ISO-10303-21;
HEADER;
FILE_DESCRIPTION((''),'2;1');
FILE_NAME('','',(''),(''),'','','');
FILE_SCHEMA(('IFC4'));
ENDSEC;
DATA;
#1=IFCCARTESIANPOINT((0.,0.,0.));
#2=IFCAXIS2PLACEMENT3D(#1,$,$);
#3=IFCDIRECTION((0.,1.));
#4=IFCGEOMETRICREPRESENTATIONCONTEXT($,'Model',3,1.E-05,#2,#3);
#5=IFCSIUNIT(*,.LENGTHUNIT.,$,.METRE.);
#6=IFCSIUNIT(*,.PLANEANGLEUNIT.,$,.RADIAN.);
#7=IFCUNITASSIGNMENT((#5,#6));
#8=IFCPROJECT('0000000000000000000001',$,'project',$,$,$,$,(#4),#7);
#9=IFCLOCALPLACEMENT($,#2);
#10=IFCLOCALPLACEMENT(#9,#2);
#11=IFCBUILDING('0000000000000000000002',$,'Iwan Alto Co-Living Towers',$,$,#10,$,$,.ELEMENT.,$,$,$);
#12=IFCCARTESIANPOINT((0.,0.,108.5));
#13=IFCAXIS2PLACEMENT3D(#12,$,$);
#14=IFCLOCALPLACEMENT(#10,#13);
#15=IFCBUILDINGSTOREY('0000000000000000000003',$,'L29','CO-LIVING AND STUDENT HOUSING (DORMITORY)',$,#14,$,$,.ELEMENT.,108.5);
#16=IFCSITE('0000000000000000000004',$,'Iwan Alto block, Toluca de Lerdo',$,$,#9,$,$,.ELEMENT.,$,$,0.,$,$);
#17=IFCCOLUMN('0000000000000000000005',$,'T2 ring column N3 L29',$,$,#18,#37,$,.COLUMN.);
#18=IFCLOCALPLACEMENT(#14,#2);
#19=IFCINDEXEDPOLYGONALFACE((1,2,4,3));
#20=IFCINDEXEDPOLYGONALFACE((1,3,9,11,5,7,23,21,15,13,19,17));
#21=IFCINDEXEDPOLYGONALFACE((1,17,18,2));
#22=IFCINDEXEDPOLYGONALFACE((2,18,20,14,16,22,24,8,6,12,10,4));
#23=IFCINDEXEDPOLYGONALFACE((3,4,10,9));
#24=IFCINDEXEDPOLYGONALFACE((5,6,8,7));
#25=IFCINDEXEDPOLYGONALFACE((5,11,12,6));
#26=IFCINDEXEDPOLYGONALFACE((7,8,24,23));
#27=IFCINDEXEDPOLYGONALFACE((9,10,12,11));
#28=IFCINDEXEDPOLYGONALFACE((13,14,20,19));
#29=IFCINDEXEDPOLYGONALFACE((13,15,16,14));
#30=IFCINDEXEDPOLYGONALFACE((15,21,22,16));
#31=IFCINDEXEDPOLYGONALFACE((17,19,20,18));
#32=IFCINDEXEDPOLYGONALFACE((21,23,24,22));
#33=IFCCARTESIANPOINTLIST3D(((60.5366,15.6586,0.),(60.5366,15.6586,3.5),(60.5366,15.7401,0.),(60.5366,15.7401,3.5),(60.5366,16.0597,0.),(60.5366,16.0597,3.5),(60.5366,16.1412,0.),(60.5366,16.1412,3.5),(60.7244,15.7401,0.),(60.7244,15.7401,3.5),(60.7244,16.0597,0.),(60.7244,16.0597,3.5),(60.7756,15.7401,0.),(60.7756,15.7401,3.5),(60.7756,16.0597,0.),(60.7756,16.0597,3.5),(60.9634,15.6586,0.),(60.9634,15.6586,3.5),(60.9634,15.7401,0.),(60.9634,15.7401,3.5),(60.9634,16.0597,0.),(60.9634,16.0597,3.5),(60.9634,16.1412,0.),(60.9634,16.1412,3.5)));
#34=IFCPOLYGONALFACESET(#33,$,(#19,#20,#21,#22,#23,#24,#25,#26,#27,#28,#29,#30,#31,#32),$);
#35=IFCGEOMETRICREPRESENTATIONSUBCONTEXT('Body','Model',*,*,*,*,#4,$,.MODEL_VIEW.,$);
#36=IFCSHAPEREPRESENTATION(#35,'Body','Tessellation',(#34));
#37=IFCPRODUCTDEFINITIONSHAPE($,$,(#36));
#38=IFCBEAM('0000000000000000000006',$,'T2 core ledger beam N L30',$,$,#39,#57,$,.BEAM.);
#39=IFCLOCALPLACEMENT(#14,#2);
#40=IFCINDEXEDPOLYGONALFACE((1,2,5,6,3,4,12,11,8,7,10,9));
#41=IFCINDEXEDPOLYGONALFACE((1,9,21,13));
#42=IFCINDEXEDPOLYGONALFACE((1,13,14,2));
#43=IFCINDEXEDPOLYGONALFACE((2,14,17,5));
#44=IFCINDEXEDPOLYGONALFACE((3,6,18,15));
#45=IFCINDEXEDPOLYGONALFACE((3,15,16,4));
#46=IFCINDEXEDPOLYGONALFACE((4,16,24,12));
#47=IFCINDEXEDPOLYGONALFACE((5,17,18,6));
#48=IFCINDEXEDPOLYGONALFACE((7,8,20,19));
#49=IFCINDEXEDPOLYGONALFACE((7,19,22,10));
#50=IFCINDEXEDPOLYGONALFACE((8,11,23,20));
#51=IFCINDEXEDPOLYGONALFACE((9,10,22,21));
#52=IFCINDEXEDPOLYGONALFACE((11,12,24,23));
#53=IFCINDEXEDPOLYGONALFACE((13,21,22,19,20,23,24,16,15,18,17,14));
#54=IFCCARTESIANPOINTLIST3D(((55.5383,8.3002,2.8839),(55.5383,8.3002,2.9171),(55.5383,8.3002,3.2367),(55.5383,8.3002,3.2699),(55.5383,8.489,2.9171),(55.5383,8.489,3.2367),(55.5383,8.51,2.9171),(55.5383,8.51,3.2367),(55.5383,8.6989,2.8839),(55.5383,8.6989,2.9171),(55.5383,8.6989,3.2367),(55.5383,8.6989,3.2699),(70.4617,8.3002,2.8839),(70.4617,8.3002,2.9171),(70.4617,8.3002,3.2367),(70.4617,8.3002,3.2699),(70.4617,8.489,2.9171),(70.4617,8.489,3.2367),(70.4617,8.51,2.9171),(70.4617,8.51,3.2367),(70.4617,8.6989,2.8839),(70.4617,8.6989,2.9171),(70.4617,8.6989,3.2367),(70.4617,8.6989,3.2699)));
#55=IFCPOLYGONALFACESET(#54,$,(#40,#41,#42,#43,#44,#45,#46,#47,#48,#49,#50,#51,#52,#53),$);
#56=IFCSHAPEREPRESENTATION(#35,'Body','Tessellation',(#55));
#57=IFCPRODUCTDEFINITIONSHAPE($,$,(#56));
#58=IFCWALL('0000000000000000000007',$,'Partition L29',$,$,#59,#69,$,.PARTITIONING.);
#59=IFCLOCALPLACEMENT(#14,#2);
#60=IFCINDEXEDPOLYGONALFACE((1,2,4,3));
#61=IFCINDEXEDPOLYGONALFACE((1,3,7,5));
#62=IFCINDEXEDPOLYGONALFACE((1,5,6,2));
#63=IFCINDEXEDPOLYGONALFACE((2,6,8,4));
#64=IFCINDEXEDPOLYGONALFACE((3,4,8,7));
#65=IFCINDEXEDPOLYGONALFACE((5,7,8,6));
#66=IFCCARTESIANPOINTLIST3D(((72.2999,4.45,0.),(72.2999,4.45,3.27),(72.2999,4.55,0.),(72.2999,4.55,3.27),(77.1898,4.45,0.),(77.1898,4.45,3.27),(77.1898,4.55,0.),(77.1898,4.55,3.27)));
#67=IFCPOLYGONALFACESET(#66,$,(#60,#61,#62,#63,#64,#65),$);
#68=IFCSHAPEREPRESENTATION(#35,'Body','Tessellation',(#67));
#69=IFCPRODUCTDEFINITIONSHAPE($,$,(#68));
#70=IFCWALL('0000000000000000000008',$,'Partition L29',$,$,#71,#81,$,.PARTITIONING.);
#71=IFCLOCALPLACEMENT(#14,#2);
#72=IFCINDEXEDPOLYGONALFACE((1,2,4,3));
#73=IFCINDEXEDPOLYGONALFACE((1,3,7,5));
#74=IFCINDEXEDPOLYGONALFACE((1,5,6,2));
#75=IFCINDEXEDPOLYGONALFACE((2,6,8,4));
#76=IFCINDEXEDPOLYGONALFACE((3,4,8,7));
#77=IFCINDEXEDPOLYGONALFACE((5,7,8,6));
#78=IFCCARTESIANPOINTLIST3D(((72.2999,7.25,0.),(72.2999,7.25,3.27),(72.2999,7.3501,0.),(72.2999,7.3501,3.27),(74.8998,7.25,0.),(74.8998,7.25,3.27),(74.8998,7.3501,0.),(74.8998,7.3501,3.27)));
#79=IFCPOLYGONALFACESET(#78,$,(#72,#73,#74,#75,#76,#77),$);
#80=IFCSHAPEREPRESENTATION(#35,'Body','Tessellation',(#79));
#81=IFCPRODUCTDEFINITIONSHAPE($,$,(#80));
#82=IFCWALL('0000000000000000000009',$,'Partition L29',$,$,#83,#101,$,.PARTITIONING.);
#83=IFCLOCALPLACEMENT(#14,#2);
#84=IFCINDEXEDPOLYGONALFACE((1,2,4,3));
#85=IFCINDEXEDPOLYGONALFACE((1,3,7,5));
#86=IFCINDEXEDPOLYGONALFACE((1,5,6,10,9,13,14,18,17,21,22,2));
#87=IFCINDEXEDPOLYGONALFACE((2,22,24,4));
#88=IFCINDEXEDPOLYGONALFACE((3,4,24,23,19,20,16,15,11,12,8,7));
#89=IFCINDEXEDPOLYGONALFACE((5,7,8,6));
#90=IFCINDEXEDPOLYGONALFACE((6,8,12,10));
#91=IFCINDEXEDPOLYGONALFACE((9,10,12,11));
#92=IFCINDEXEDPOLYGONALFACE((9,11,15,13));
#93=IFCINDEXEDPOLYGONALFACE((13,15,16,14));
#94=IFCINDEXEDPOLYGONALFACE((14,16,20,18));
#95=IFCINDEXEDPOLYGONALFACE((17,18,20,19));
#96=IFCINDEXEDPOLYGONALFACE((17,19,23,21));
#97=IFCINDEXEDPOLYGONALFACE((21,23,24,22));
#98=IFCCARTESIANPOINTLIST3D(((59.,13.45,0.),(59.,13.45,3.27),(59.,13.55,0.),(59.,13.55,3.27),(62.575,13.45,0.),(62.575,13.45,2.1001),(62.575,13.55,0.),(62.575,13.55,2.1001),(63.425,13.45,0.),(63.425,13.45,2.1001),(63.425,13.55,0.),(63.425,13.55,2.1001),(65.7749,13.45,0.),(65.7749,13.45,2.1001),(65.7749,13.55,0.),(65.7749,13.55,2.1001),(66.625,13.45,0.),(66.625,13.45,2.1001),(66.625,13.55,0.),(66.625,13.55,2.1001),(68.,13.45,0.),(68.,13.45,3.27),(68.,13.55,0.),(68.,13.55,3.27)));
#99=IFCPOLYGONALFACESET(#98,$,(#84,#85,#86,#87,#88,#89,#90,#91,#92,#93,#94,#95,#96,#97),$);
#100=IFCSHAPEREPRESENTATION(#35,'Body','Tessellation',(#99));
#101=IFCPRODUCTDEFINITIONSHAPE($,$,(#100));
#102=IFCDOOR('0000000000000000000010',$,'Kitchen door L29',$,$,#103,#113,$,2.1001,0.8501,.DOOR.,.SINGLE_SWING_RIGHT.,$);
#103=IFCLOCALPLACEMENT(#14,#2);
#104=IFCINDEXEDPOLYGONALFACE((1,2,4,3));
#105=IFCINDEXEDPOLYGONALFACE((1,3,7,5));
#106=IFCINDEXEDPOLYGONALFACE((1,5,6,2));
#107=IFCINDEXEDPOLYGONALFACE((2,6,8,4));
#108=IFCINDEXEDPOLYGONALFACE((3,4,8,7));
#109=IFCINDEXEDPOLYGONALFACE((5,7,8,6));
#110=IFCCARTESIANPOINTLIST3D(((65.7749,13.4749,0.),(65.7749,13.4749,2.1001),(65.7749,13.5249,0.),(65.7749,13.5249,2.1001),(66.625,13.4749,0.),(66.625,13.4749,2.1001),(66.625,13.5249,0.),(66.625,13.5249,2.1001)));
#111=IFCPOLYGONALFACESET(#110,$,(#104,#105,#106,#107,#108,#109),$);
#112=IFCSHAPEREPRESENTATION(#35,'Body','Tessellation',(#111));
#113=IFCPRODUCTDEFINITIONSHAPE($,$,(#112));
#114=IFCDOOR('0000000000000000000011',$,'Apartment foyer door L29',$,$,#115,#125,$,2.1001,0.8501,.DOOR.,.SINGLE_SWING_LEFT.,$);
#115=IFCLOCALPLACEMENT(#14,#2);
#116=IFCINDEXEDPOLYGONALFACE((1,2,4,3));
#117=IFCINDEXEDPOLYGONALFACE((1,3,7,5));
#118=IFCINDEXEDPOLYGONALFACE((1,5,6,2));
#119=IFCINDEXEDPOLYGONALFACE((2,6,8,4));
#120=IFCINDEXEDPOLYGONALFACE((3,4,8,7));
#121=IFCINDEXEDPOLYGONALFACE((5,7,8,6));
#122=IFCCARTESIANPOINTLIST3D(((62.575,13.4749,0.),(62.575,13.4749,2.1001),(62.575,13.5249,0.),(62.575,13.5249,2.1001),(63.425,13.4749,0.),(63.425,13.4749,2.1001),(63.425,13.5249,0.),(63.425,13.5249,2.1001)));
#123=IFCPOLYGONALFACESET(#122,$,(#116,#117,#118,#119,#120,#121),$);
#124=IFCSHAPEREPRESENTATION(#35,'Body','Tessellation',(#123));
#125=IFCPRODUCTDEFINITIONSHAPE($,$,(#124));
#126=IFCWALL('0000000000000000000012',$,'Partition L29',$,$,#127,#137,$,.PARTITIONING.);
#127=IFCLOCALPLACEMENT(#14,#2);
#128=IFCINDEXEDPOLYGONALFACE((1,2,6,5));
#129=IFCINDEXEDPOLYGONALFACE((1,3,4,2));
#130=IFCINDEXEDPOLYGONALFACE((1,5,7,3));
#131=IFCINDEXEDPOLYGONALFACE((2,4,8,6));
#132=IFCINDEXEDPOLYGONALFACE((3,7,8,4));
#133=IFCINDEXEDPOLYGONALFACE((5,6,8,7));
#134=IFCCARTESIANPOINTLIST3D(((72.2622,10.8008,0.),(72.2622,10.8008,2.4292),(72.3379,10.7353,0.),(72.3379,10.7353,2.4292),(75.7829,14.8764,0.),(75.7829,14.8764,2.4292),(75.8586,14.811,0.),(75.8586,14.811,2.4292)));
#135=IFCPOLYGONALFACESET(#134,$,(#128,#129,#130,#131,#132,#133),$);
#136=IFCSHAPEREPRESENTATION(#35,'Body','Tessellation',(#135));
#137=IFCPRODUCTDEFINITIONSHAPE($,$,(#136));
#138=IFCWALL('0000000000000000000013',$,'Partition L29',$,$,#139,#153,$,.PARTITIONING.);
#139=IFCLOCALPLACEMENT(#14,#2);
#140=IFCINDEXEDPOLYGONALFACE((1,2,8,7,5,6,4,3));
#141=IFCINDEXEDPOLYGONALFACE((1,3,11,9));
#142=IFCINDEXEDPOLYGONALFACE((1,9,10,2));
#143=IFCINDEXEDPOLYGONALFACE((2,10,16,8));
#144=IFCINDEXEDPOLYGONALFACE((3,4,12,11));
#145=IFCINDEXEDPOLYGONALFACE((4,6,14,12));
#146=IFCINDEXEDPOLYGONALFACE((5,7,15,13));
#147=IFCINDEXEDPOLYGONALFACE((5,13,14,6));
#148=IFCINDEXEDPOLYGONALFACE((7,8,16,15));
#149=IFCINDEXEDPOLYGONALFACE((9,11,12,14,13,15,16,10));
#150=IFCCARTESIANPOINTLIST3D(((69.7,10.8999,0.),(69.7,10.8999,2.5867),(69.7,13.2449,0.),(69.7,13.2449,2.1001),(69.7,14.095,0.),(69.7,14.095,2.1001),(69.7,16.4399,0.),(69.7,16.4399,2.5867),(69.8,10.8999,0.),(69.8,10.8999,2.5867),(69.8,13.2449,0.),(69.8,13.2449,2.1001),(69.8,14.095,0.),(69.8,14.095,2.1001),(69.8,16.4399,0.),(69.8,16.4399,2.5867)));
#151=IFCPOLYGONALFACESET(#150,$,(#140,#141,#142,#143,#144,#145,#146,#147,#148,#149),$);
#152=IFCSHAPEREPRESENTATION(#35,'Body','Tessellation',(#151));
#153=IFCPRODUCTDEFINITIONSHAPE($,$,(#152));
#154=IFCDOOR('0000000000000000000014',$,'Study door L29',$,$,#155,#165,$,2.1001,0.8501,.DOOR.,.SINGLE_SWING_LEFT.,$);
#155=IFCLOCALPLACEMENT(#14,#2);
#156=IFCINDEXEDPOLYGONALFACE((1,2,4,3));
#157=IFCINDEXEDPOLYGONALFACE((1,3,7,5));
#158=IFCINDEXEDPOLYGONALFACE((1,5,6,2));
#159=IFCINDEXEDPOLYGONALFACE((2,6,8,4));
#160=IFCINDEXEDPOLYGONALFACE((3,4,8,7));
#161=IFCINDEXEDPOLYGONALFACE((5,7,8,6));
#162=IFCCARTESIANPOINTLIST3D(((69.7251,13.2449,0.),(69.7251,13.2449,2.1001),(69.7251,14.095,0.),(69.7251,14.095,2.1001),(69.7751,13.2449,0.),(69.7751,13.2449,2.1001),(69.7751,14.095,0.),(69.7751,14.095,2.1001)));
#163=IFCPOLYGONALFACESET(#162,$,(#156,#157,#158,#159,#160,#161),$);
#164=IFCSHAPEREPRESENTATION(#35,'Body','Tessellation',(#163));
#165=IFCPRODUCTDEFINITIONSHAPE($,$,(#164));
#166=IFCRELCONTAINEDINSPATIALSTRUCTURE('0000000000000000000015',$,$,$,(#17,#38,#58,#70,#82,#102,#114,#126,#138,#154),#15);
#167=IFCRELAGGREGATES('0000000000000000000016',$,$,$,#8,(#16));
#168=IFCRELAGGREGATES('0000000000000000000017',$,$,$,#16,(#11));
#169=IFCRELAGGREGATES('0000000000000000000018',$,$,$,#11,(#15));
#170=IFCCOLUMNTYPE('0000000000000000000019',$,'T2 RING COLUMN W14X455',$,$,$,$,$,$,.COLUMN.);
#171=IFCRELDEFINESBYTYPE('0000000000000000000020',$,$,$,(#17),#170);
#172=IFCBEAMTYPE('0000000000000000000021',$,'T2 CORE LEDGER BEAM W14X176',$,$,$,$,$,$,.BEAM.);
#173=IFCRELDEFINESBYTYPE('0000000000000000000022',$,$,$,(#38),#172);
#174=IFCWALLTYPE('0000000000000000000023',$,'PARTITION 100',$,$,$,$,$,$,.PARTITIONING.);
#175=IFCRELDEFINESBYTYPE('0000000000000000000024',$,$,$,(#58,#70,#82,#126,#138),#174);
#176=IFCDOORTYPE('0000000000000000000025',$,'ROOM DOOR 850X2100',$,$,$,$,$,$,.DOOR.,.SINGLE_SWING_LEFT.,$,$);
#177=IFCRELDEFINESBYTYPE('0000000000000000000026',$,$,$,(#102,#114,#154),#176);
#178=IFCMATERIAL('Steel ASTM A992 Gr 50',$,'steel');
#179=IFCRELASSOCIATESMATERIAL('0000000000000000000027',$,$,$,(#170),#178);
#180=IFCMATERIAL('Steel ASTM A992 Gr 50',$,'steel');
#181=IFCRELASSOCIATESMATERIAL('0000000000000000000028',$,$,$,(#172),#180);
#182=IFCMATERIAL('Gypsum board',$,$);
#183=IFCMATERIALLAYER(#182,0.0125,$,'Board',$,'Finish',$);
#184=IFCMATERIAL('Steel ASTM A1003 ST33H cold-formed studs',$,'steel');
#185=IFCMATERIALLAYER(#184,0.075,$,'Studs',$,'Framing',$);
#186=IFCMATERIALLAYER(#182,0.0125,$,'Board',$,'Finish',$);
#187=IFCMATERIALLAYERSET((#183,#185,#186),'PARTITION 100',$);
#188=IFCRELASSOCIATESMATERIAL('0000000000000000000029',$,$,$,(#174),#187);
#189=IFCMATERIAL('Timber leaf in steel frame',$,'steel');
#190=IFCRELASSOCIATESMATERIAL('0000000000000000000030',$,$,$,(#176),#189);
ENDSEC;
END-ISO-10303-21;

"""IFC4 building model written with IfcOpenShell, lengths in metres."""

from ifc_helpers import new_model, si_unit, direction, frame, frame_2d, origin, origin_2d, place, context, subcontext, project, spatial, rectangle, i_section, extrude, material, layer, layer_set, material_profile, profile_set, type_object, element, fill, save


model = new_model("IFC4")

# Units and contexts
model_context = context("Model", 3, precision=1e-05, world=origin(), true_north=direction((0.0, 1.0)))
body_context = subcontext(model_context, "Body", "Model", "MODEL_VIEW")
ifc_project = project(units=[si_unit("LENGTHUNIT", "METRE"), si_unit("PLANEANGLEUNIT", "RADIAN")], contexts=[model_context])

# Site, building, storey
site_placement = place(None, origin())
site = spatial("IfcSite", under=ifc_project, at=site_placement, Name="Iwan Alto block, Toluca de Lerdo", CompositionType="ELEMENT", RefElevation=0.0)
building_placement = place(site_placement, origin())
building = spatial("IfcBuilding", under=site, at=building_placement, Name="Iwan Alto Co-Living Towers", CompositionType="ELEMENT")
storey_placement = place(building_placement, frame((0.0, 0.0, 108.5)))
storey = spatial("IfcBuildingStorey", under=building, at=storey_placement, Name="L29", Description="CO-LIVING AND STUDENT HOUSING (DORMITORY)", CompositionType="ELEMENT", Elevation=108.5)

# Column
ifc_material_1 = material(Name="Steel ASTM A992 Gr 50", Category="steel")
ifc_material_profile_1 = material_profile(ifc_material_1, i_section(OverallWidth=0.4268, OverallDepth=0.4827, WebThickness=0.0513, FlangeThickness=0.0815, at=origin_2d()), Name="W14X455")
ifc_profile_set_1 = profile_set([ifc_material_profile_1], Name="Steel ASTM A992 Gr 50")
column_type = type_object("IfcColumnType", Name="T2 RING COLUMN W14X455", PredefinedType="COLUMN", material=ifc_profile_set_1)
column_placement = place(storey_placement, frame((60.75, 15.8999, 0.0), z_axis=(0.0, 0.0, 1.0), x_axis=(1.0, 0.0, 0.0)))
element("IfcColumn", 1, at=column_placement, inside=storey, type_object=column_type, Name="T2 ring column N3 L29", PredefinedType="COLUMN", context=body_context, shape_type="SweptSolid", body=[
    extrude(i_section(OverallWidth=0.4268, OverallDepth=0.4827, WebThickness=0.0513, FlangeThickness=0.0815, at=origin_2d()), origin(), (0.0, 0.0, 1.0), 3.5),
])

# Beam
ifc_material_2 = material(Name="Steel ASTM A992 Gr 50", Category="steel")
ifc_material_profile_2 = material_profile(ifc_material_2, i_section(OverallWidth=0.3987, OverallDepth=0.386, WebThickness=0.021, FlangeThickness=0.0332, at=origin_2d()), Name="W14X176")
ifc_profile_set_2 = profile_set([ifc_material_profile_2], Name="Steel ASTM A992 Gr 50")
beam_type = type_object("IfcBeamType", Name="T2 CORE LEDGER BEAM W14X176", PredefinedType="BEAM", material=ifc_profile_set_2)
beam_placement = place(storey_placement, frame((70.4617, 8.4995, 3.0769), z_axis=(-1.0, 0.0, 0.0), x_axis=(0.0, -1.0, 0.0)))
element("IfcBeam", 2, at=beam_placement, inside=storey, type_object=beam_type, Name="T2 core ledger beam N L30", PredefinedType="BEAM", context=body_context, shape_type="SweptSolid", body=[
    extrude(i_section(OverallWidth=0.3987, OverallDepth=0.386, WebThickness=0.021, FlangeThickness=0.0332, at=origin_2d()), origin(), (0.0, 0.0, 1.0), 14.9233),
])

# Walls
ifc_material_3 = material(Name="Gypsum board")
ifc_layer_1 = layer(ifc_material_3, 0.0125, Name="Board", Category="Finish")
ifc_material_4 = material(Name="Steel ASTM A1003 ST33H cold-formed studs", Category="steel")
ifc_layer_2 = layer(ifc_material_4, 0.075, Name="Studs", Category="Framing")
ifc_layer_3 = layer(ifc_material_3, 0.0125, Name="Board", Category="Finish")
ifc_layer_set_1 = layer_set([ifc_layer_1, ifc_layer_2, ifc_layer_3], Name="PARTITION 100")
wall_type_1 = type_object("IfcWallType", Name="PARTITION 100", PredefinedType="PARTITIONING", material=ifc_layer_set_1)
wall_1_placement = place(storey_placement, frame((72.3, 4.5, 0.0), z_axis=(0.0, 0.0, 1.0), x_axis=(1.0, 0.0, 0.0)))
element("IfcWall", 3, at=wall_1_placement, inside=storey, type_object=wall_type_1, Name="Partition L29", PredefinedType="PARTITIONING", context=body_context, shape_type="SweptSolid", body=[
    extrude(rectangle(XDim=4.8899, YDim=0.1001, at=frame_2d((2.4448, 0.0))), origin(), (0.0, 0.0, 1.0), 3.27),
])
wall_2_placement = place(storey_placement, frame((72.3, 7.3, 0.0), z_axis=(0.0, 0.0, 1.0), x_axis=(1.0, 0.0, 0.0)))
element("IfcWall", 4, at=wall_2_placement, inside=storey, type_object=wall_type_1, Name="Partition L29", PredefinedType="PARTITIONING", context=body_context, shape_type="SweptSolid", body=[
    extrude(rectangle(XDim=2.5999, YDim=0.1001, at=frame_2d((1.2998, 0.0))), origin(), (0.0, 0.0, 1.0), 3.27),
])

# Wall, openings, doors
wall_3_placement = place(storey_placement, frame((59.0, 13.5, 0.0), z_axis=(0.0, 0.0, 1.0), x_axis=(1.0, 0.0, 0.0)))
wall_3 = element("IfcWall", 5, at=wall_3_placement, inside=storey, type_object=wall_type_1, Name="Partition L29", PredefinedType="PARTITIONING", context=body_context, shape_type="SweptSolid", body=[
    extrude(rectangle(XDim=9.0, YDim=0.1001, at=frame_2d((4.5, 0.0))), origin(), (0.0, 0.0, 1.0), 3.27),
])
opening_1_placement = place(wall_3_placement, frame((6.7749, 0.0, 0.0)))
opening_1 = element("IfcOpeningElement", 6, at=opening_1_placement, cuts=wall_3, PredefinedType="OPENING", context=body_context, shape_type="SweptSolid", body=[
    extrude(rectangle(XDim=0.8501, YDim=2.1001, at=frame_2d((0.425, 1.05))), frame((0.0, 0.0601, 0.0), z_axis=(0.0, -1.0, 0.0), x_axis=(1.0, 0.0, 0.0)), (0.0, 0.0, 1.0), 0.1201),
])
opening_2_placement = place(wall_3_placement, frame((3.575, 0.0, 0.0)))
opening_2 = element("IfcOpeningElement", 7, at=opening_2_placement, cuts=wall_3, PredefinedType="OPENING", context=body_context, shape_type="SweptSolid", body=[
    extrude(rectangle(XDim=0.8501, YDim=2.1001, at=frame_2d((0.425, 1.05))), frame((0.0, 0.0601, 0.0), z_axis=(0.0, -1.0, 0.0), x_axis=(1.0, 0.0, 0.0)), (0.0, 0.0, 1.0), 0.1201),
])
ifc_material_5 = material(Name="Timber leaf in steel frame", Category="steel")
door_type_1 = type_object("IfcDoorType", Name="ROOM DOOR 850X2100", OperationType="SINGLE_SWING_LEFT", PredefinedType="DOOR", material=ifc_material_5)
door_1_placement = place(opening_1_placement, origin())
door_1 = element("IfcDoor", 8, at=door_1_placement, inside=storey, type_object=door_type_1, Name="Kitchen door L29", OperationType="SINGLE_SWING_RIGHT", OverallHeight=2.1001, OverallWidth=0.8501, PredefinedType="DOOR", context=body_context, shape_type="SweptSolid", body=[
    extrude(rectangle(XDim=0.8501, YDim=2.1001, at=frame_2d((0.425, 1.05))), frame((0.0, 0.0249, 0.0), z_axis=(0.0, -1.0, 0.0), x_axis=(1.0, 0.0, 0.0)), (0.0, 0.0, 1.0), 0.05),
])
fill(opening_1, door_1)
door_2_placement = place(opening_2_placement, origin())
door_2 = element("IfcDoor", 9, at=door_2_placement, inside=storey, type_object=door_type_1, Name="Apartment foyer door L29", OperationType="SINGLE_SWING_LEFT", OverallHeight=2.1001, OverallWidth=0.8501, PredefinedType="DOOR", context=body_context, shape_type="SweptSolid", body=[
    extrude(rectangle(XDim=0.8501, YDim=2.1001, at=frame_2d((0.425, 1.05))), frame((0.0, 0.0249, 0.0), z_axis=(0.0, -1.0, 0.0), x_axis=(1.0, 0.0, 0.0)), (0.0, 0.0, 1.0), 0.05),
])
fill(opening_2, door_2)

# Wall
wall_4_placement = place(storey_placement, frame((72.3, 10.7681, 0.0), z_axis=(0.0, 0.0, 1.0), x_axis=(0.65371, 0.756746, 0.0)))
element("IfcWall", 10, at=wall_4_placement, inside=storey, type_object=wall_type_1, Name="Partition L29", PredefinedType="PARTITIONING", context=body_context, shape_type="SweptSolid", body=[
    extrude(rectangle(XDim=5.3857, YDim=0.1001, at=frame_2d((2.6929, 0.0))), origin(), (0.0, 0.0, 1.0), 2.4292),
])

# Wall, opening, door
wall_5_placement = place(storey_placement, frame((69.75, 10.8999, 0.0), z_axis=(0.0, 0.0, 1.0), x_axis=(0.0, 1.0, 0.0)))
wall_5 = element("IfcWall", 11, at=wall_5_placement, inside=storey, type_object=wall_type_1, Name="Partition L29", PredefinedType="PARTITIONING", context=body_context, shape_type="SweptSolid", body=[
    extrude(rectangle(XDim=5.54, YDim=0.1001, at=frame_2d((2.77, 0.0))), origin(), (0.0, 0.0, 1.0), 2.5867),
])
opening_3_placement = place(wall_5_placement, frame((2.345, 0.0, 0.0)))
opening_3 = element("IfcOpeningElement", 12, at=opening_3_placement, cuts=wall_5, PredefinedType="OPENING", context=body_context, shape_type="SweptSolid", body=[
    extrude(rectangle(XDim=0.8501, YDim=2.1001, at=frame_2d((0.425, 1.05))), frame((0.0, 0.0601, 0.0), z_axis=(0.0, -1.0, 0.0), x_axis=(1.0, 0.0, 0.0)), (0.0, 0.0, 1.0), 0.1201),
])
door_3_placement = place(opening_3_placement, origin())
door_3 = element("IfcDoor", 13, at=door_3_placement, inside=storey, type_object=door_type_1, Name="Study door L29", OperationType="SINGLE_SWING_LEFT", OverallHeight=2.1001, OverallWidth=0.8501, PredefinedType="DOOR", context=body_context, shape_type="SweptSolid", body=[
    extrude(rectangle(XDim=0.8501, YDim=2.1001, at=frame_2d((0.425, 1.05))), frame((0.0, 0.0249, 0.0), z_axis=(0.0, -1.0, 0.0), x_axis=(1.0, 0.0, 0.0)), (0.0, 0.0, 1.0), 0.05),
])
fill(opening_3, door_3)

save(model, "model.ifc")
